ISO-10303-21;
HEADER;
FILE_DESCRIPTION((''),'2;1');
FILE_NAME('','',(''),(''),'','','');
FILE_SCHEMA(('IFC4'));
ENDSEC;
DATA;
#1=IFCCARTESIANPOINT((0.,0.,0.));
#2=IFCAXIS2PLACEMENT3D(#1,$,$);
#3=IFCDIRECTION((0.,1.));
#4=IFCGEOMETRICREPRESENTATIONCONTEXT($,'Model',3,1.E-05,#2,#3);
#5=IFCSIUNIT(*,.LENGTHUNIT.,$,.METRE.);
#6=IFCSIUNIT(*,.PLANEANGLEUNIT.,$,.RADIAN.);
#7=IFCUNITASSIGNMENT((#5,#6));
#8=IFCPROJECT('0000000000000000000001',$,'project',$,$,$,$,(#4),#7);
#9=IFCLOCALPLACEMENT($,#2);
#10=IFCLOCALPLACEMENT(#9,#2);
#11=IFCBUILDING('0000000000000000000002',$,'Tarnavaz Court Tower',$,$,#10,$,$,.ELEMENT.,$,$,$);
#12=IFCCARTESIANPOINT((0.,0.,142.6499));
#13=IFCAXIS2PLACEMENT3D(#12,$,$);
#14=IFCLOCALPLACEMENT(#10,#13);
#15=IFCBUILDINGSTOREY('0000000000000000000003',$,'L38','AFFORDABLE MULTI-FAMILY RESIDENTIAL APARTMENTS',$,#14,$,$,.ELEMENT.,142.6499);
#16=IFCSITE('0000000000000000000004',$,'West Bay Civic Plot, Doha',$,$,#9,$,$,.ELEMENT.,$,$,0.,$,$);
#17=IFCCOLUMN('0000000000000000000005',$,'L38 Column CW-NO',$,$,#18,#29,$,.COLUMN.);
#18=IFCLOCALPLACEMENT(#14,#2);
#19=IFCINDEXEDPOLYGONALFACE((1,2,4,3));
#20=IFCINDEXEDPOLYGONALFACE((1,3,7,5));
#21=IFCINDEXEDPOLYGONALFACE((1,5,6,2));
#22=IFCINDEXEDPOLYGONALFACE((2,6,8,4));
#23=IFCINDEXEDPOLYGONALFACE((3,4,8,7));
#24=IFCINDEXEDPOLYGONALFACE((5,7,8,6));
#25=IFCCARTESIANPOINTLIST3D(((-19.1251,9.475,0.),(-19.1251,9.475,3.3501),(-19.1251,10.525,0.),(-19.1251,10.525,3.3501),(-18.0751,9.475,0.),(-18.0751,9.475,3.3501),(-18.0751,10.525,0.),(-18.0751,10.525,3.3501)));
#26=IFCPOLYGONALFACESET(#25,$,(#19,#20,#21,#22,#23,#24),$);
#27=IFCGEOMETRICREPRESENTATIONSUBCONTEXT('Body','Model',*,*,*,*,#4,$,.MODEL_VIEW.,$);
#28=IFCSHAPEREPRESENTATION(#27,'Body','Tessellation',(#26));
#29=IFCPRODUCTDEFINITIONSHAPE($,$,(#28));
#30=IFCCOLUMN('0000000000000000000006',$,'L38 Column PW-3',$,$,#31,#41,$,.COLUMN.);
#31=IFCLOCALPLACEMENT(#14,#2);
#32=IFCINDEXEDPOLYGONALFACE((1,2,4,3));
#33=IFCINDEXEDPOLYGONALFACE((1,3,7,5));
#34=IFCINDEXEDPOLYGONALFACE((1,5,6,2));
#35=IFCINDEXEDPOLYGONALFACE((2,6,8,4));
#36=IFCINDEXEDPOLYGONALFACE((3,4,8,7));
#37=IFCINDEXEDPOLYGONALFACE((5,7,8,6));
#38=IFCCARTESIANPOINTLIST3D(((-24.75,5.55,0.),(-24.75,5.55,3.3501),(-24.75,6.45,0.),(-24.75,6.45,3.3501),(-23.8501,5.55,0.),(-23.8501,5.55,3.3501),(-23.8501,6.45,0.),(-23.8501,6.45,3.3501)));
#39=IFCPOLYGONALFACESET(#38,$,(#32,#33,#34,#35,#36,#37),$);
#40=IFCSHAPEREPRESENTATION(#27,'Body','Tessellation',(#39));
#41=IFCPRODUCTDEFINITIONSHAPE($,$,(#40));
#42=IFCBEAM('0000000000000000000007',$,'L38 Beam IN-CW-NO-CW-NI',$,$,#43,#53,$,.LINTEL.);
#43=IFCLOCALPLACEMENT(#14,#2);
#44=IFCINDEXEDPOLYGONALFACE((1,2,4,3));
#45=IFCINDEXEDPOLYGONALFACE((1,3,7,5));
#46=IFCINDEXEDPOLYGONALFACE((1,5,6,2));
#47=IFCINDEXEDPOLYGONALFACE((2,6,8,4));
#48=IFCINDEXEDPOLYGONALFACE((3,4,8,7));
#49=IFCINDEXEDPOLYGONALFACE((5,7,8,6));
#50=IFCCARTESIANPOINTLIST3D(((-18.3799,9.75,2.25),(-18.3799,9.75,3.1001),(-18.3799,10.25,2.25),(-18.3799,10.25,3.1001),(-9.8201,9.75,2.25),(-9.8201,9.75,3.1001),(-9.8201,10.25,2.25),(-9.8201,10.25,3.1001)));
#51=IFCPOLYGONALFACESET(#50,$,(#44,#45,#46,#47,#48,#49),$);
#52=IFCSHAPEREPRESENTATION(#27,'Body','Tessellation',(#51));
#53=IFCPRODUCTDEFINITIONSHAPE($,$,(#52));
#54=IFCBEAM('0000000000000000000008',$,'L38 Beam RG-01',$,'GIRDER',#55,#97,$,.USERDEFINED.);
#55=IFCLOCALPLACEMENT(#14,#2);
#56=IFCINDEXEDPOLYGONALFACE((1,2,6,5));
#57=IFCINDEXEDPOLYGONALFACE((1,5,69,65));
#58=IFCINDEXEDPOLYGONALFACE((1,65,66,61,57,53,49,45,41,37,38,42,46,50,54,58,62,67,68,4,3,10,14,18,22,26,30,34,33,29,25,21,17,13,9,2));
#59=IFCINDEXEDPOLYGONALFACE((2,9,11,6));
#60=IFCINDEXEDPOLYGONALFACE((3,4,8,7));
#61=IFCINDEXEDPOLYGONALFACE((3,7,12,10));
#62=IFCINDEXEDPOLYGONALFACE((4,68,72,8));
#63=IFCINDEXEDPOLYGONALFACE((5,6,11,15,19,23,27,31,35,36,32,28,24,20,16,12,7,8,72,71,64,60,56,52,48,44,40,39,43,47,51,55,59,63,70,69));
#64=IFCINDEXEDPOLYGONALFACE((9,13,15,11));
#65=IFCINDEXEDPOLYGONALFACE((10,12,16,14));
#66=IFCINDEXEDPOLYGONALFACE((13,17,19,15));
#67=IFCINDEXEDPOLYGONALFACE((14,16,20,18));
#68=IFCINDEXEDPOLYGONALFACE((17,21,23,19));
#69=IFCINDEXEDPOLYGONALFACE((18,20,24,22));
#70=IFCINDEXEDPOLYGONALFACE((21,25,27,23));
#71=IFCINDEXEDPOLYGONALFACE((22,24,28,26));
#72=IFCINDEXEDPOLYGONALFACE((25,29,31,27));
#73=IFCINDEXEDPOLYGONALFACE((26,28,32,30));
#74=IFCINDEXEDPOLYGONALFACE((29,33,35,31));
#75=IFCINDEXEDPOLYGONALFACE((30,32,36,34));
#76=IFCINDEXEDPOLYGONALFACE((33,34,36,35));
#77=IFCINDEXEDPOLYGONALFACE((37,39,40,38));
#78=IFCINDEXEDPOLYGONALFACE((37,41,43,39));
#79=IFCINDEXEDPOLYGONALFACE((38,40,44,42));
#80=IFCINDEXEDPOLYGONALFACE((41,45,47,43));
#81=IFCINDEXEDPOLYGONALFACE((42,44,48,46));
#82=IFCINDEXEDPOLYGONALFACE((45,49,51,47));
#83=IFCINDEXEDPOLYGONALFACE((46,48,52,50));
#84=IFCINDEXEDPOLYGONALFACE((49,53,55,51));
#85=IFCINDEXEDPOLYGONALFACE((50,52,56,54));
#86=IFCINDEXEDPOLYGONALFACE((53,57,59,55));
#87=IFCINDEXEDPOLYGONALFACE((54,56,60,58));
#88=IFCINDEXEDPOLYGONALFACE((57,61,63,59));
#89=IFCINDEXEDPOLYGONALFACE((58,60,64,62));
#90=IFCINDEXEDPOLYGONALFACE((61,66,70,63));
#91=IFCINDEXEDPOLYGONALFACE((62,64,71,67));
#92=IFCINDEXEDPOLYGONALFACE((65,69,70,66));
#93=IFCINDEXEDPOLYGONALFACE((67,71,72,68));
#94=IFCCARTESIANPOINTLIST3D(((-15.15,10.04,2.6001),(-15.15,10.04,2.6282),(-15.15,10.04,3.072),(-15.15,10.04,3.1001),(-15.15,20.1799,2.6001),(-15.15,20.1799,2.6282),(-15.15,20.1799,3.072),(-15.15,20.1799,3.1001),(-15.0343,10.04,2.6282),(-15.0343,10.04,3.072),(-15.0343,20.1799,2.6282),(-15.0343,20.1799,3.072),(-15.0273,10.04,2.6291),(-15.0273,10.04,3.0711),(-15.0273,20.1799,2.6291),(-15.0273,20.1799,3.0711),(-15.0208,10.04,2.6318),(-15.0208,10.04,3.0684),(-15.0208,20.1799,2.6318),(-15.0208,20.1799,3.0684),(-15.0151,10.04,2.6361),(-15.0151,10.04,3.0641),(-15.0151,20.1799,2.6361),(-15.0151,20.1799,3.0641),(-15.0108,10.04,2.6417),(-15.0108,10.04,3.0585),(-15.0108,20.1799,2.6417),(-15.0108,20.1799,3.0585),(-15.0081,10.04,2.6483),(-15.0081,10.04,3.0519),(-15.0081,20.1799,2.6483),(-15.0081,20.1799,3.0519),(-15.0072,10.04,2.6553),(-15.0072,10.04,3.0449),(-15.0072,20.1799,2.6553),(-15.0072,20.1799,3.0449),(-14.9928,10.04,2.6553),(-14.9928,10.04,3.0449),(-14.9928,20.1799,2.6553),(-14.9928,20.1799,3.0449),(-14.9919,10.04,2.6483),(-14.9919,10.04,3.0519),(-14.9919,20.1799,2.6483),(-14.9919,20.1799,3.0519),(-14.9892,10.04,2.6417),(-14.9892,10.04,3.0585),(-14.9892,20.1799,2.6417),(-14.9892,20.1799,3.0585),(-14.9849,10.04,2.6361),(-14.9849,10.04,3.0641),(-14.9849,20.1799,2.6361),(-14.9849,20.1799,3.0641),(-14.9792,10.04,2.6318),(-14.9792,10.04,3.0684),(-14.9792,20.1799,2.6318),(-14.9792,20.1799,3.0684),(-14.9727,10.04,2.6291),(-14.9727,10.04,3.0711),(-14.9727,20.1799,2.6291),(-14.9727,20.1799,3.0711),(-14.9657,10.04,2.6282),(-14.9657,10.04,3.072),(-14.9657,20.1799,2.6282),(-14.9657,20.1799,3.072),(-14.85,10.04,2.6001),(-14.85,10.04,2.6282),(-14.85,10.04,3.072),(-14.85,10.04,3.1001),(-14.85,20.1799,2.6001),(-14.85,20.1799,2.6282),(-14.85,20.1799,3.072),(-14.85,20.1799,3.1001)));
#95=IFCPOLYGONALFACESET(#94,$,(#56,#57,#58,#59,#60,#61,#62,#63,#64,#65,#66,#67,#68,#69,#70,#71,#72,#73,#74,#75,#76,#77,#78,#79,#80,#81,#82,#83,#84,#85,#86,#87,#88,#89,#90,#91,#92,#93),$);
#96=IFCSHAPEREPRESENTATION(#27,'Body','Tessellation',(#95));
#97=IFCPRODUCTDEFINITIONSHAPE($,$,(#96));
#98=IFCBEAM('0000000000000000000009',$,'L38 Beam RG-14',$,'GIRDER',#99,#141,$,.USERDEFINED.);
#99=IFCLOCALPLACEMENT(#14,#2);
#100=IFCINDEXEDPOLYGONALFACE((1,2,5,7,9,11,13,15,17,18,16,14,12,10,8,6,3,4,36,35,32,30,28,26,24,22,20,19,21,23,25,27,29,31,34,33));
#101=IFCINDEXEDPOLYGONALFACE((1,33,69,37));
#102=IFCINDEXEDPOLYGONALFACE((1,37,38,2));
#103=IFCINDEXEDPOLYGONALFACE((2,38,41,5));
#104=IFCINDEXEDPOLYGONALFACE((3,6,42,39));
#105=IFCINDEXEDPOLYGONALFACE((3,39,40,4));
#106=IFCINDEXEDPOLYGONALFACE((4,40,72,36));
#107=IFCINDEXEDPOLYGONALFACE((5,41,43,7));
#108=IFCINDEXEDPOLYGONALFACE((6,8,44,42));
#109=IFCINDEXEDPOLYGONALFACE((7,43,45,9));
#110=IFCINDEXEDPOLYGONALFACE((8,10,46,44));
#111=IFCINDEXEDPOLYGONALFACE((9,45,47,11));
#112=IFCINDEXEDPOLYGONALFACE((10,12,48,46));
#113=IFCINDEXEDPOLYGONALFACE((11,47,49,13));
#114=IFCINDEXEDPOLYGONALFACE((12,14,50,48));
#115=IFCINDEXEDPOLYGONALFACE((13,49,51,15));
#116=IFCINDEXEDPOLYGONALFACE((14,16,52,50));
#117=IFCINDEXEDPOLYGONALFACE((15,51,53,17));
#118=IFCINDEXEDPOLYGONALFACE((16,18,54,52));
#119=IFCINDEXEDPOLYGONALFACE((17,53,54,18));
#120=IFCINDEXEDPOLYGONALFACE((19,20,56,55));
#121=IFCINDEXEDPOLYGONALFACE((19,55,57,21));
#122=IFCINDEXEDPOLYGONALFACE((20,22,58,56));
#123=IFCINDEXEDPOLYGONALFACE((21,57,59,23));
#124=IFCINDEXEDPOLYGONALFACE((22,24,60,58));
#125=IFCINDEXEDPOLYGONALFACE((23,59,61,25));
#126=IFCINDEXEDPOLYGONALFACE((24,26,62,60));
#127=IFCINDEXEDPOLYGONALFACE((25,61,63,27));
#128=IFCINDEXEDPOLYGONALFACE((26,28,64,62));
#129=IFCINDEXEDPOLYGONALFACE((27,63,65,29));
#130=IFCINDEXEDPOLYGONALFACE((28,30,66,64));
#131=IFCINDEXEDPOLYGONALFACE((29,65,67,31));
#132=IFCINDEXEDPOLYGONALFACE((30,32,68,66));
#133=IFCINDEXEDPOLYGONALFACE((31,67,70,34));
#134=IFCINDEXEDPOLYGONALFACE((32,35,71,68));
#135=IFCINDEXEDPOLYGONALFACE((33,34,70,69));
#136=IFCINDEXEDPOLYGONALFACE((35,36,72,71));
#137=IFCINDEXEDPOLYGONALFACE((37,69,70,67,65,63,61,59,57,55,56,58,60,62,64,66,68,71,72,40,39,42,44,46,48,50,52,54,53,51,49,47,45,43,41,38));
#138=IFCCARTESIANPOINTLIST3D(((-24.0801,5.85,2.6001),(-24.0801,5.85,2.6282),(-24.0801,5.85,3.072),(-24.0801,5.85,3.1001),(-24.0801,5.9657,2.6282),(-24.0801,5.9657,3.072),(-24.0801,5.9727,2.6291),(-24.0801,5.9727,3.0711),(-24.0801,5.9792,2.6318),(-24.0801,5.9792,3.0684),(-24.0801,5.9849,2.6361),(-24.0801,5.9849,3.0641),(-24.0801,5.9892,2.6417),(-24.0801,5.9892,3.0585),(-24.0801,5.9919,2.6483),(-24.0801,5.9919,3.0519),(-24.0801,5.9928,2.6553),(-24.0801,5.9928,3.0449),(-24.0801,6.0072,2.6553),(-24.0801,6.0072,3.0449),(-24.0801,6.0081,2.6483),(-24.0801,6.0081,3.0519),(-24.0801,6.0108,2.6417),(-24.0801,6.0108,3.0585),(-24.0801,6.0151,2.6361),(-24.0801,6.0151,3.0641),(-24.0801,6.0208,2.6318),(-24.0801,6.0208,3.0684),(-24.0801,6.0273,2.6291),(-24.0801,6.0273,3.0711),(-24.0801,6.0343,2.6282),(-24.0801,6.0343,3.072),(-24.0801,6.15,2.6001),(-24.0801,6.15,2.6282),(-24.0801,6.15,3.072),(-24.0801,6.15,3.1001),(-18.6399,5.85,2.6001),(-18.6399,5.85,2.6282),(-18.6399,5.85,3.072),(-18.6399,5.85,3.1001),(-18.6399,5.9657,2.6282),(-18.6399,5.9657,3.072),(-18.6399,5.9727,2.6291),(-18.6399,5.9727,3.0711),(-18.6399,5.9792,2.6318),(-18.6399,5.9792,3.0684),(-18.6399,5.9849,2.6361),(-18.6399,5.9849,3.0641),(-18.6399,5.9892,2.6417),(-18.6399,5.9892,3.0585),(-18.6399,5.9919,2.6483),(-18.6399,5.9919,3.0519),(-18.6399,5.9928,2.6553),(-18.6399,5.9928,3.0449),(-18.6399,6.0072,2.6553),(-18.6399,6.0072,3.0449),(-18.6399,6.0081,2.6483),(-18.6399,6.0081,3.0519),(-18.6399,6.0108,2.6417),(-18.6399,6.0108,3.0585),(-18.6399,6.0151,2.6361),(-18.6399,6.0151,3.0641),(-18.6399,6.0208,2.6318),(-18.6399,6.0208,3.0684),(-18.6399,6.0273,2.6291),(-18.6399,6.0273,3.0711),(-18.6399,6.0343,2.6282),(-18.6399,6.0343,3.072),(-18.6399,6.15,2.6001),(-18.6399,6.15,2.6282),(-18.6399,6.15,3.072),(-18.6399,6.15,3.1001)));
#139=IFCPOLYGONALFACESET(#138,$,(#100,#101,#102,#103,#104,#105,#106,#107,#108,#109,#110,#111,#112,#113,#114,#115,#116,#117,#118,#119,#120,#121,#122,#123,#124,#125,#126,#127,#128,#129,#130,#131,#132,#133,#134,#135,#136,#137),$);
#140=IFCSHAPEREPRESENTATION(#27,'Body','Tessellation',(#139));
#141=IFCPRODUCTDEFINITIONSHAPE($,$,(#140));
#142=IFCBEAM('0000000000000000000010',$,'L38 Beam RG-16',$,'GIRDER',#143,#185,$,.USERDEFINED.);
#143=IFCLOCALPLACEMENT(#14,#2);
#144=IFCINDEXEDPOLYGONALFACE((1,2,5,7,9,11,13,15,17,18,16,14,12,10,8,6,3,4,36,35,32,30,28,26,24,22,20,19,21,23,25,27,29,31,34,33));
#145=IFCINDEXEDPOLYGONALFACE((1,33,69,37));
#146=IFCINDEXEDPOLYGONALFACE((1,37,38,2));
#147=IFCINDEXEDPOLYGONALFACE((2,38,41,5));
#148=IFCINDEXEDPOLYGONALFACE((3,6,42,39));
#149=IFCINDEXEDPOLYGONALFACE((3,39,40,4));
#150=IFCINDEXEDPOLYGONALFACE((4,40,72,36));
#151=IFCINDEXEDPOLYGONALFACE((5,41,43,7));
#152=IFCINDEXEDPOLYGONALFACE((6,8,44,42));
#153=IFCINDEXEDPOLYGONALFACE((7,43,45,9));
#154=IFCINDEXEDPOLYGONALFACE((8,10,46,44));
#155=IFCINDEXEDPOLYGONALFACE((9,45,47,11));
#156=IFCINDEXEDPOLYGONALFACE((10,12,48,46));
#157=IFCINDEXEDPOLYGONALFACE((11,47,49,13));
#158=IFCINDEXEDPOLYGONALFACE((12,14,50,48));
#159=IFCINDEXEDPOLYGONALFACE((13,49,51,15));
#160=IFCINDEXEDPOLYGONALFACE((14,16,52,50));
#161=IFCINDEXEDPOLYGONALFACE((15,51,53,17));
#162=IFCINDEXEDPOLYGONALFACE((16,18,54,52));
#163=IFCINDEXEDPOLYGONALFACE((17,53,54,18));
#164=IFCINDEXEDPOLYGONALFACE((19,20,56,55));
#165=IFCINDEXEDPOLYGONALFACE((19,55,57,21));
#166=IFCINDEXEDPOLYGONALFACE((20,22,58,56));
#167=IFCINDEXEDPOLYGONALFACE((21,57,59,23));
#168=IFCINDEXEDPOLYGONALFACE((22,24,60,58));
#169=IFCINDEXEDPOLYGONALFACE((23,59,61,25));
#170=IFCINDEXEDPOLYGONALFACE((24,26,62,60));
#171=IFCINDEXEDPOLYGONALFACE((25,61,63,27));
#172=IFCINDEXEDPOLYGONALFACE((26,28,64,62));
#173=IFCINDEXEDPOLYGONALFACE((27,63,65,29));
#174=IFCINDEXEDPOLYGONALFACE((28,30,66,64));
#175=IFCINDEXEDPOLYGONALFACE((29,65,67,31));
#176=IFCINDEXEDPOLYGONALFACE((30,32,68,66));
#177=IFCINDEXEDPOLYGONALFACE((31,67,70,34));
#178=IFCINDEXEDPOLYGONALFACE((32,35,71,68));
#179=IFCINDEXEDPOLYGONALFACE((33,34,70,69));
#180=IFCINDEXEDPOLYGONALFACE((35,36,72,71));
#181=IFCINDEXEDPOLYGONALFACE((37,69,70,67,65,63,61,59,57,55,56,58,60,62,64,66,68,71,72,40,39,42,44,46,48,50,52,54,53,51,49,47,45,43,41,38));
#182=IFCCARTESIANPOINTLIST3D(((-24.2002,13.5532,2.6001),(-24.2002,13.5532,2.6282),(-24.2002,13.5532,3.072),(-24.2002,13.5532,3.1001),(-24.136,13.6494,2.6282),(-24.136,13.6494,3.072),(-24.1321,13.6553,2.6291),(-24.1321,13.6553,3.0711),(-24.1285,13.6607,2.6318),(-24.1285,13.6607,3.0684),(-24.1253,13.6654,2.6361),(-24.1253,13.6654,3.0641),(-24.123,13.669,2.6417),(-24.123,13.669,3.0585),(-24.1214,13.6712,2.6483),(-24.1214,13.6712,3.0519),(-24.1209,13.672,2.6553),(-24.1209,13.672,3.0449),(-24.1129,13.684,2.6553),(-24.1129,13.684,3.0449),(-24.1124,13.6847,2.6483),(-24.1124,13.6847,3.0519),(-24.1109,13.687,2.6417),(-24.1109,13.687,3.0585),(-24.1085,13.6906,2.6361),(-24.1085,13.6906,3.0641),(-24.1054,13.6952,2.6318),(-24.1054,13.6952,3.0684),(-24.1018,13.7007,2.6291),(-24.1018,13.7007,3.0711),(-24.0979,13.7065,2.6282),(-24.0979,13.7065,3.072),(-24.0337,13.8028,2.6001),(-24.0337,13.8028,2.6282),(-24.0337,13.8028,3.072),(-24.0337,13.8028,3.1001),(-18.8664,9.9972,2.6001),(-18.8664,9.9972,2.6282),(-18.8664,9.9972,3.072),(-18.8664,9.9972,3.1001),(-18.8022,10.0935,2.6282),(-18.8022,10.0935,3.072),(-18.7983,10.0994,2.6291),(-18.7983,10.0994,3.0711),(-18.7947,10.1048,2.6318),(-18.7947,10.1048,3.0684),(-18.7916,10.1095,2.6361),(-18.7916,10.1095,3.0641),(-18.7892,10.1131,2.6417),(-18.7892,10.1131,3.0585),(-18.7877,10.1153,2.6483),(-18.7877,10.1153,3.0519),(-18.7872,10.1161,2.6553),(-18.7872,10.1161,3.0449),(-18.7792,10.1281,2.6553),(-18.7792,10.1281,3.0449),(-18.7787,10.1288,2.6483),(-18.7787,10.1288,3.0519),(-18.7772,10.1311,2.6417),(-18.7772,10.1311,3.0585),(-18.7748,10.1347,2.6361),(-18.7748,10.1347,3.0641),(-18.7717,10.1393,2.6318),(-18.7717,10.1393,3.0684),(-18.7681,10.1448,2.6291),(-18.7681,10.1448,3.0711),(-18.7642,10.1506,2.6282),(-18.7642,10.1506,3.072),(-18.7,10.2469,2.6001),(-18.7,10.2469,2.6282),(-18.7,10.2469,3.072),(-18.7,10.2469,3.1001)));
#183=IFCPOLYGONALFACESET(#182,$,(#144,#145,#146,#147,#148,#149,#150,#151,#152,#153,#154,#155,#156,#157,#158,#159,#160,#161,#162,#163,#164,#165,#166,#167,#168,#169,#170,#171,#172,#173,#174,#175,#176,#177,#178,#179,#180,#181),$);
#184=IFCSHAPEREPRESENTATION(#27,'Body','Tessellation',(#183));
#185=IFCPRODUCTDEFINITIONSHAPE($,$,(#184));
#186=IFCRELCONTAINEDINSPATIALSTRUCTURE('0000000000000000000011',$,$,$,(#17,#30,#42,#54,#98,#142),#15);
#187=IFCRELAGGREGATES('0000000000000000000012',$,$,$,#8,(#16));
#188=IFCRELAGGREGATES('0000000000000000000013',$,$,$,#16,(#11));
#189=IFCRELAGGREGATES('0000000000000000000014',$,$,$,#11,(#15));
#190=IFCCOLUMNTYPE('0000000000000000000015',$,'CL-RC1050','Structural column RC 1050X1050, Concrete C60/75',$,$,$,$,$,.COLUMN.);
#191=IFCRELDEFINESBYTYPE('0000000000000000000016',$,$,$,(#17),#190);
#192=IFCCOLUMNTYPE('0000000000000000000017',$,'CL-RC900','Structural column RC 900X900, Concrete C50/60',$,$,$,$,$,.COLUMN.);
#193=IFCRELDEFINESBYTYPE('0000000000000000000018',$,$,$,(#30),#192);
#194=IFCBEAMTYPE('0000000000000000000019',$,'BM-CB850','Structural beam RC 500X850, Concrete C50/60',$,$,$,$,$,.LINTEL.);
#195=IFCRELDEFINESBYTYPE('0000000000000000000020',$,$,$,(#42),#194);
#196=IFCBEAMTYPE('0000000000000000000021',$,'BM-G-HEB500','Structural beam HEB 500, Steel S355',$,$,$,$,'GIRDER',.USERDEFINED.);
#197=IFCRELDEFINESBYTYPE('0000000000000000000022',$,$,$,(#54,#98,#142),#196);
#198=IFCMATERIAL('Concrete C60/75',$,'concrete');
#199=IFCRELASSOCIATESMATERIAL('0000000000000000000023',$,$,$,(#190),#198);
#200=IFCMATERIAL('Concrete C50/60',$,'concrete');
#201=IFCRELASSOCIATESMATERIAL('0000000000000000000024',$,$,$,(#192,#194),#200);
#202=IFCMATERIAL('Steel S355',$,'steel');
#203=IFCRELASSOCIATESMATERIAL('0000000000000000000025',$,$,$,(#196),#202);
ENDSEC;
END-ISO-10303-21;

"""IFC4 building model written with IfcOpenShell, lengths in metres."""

from ifc_helpers import new_model, si_unit, direction, frame, origin, origin_2d, place, context, subcontext, project, spatial, rectangle, i_section, extrude, material, material_profile, profile_set, type_object, element, save


model = new_model("IFC4")

# Units and contexts
model_context = context("Model", 3, precision=1e-05, world=origin(), true_north=direction((0.0, 1.0)))
body_context = subcontext(model_context, "Body", "Model", "MODEL_VIEW")
ifc_project = project(units=[si_unit("LENGTHUNIT", "METRE"), si_unit("PLANEANGLEUNIT", "RADIAN")], contexts=[model_context])

# Site, building, storey
site_placement = place(None, origin())
site = spatial("IfcSite", under=ifc_project, at=site_placement, Name="West Bay Civic Plot, Doha", CompositionType="ELEMENT", RefElevation=0.0)
building_placement = place(site_placement, origin())
building = spatial("IfcBuilding", under=site, at=building_placement, Name="Tarnavaz Court Tower", CompositionType="ELEMENT")
storey_placement = place(building_placement, frame((0.0, 0.0, 142.6499)))
storey = spatial("IfcBuildingStorey", under=building, at=storey_placement, Name="L38", Description="AFFORDABLE MULTI-FAMILY RESIDENTIAL APARTMENTS", CompositionType="ELEMENT", Elevation=142.6499)

# Columns
ifc_material_1 = material(Name="Concrete C60/75", Category="concrete")
ifc_material_profile_1 = material_profile(ifc_material_1, rectangle(XDim=1.05, YDim=1.05, at=origin_2d()), Name="RC 1050X1050")
ifc_profile_set_1 = profile_set([ifc_material_profile_1], Name="Concrete C60/75")
column_type_1 = type_object("IfcColumnType", Name="CL-RC1050", Description="Structural column RC 1050X1050, Concrete C60/75", PredefinedType="COLUMN", material=ifc_profile_set_1)
column_1_placement = place(storey_placement, frame((-18.6001, 10.0, 0.0), z_axis=(0.0, 0.0, 1.0), x_axis=(1.0, 0.0, 0.0)))
element("IfcColumn", 1, at=column_1_placement, inside=storey, type_object=column_type_1, Name="L38 Column CW-NO", PredefinedType="COLUMN", context=body_context, shape_type="SweptSolid", body=[
    extrude(rectangle(XDim=1.05, YDim=1.05, at=origin_2d()), origin(), (0.0, 0.0, 1.0), 3.3501),
])
ifc_material_2 = material(Name="Concrete C50/60", Category="concrete")
ifc_material_profile_2 = material_profile(ifc_material_2, rectangle(XDim=0.8999, YDim=0.8999, at=origin_2d()), Name="RC 900X900")
ifc_profile_set_2 = profile_set([ifc_material_profile_2], Name="Concrete C50/60")
column_type_2 = type_object("IfcColumnType", Name="CL-RC900", Description="Structural column RC 900X900, Concrete C50/60", PredefinedType="COLUMN", material=ifc_profile_set_2)
column_2_placement = place(storey_placement, frame((-24.3, 6.0, 0.0), z_axis=(0.0, 0.0, 1.0), x_axis=(1.0, 0.0, 0.0)))
element("IfcColumn", 2, at=column_2_placement, inside=storey, type_object=column_type_2, Name="L38 Column PW-3", PredefinedType="COLUMN", context=body_context, shape_type="SweptSolid", body=[
    extrude(rectangle(XDim=0.8999, YDim=0.8999, at=origin_2d()), origin(), (0.0, 0.0, 1.0), 3.3501),
])

# Beams
ifc_material_profile_3 = material_profile(ifc_material_2, rectangle(XDim=0.5, YDim=0.8501, at=origin_2d()), Name="RC 500X850")
ifc_profile_set_3 = profile_set([ifc_material_profile_3], Name="Concrete C50/60")
beam_type_1 = type_object("IfcBeamType", Name="BM-CB850", Description="Structural beam RC 500X850, Concrete C50/60", PredefinedType="LINTEL", material=ifc_profile_set_3)
beam_1_placement = place(storey_placement, frame((-18.3799, 10.0, 2.675), z_axis=(1.0, 0.0, 0.0), x_axis=(0.0, 1.0, 0.0)))
element("IfcBeam", 3, at=beam_1_placement, inside=storey, type_object=beam_type_1, Name="L38 Beam IN-CW-NO-CW-NI", PredefinedType="LINTEL", context=body_context, shape_type="SweptSolid", body=[
    extrude(rectangle(XDim=0.5, YDim=0.8501, at=origin_2d()), origin(), (0.0, 0.0, 1.0), 8.5598),
])
ifc_material_3 = material(Name="Steel S355", Category="steel")
ifc_material_profile_4 = material_profile(ifc_material_3, i_section(OverallWidth=0.3, OverallDepth=0.5, WebThickness=0.0144, FlangeThickness=0.0281, FilletRadius=0.0271, at=origin_2d()), Name="HEB 500")
ifc_profile_set_4 = profile_set([ifc_material_profile_4], Name="Steel S355")
beam_type_2 = type_object("IfcBeamType", Name="BM-G-HEB500", Description="Structural beam HEB 500, Steel S355", ElementType="GIRDER", PredefinedType="USERDEFINED", material=ifc_profile_set_4)
beam_2_placement = place(storey_placement, frame((-15.0, 10.04, 2.8501), z_axis=(0.0, 1.0, 0.0), x_axis=(-1.0, 0.0, 0.0)))
element("IfcBeam", 4, at=beam_2_placement, inside=storey, type_object=beam_type_2, Name="L38 Beam RG-01", ObjectType="GIRDER", PredefinedType="USERDEFINED", context=body_context, shape_type="SweptSolid", body=[
    extrude(i_section(OverallWidth=0.3, OverallDepth=0.5, WebThickness=0.0144, FlangeThickness=0.0281, FilletRadius=0.0271, at=origin_2d()), origin(), (0.0, 0.0, 1.0), 10.1399),
])
beam_3_placement = place(storey_placement, frame((-18.6399, 6.0, 2.8501), z_axis=(-1.0, 0.0, 0.0), x_axis=(0.0, -1.0, 0.0)))
element("IfcBeam", 5, at=beam_3_placement, inside=storey, type_object=beam_type_2, Name="L38 Beam RG-14", ObjectType="GIRDER", PredefinedType="USERDEFINED", context=body_context, shape_type="SweptSolid", body=[
    extrude(i_section(OverallWidth=0.3, OverallDepth=0.5, WebThickness=0.0144, FlangeThickness=0.0281, FilletRadius=0.0271, at=origin_2d()), origin(), (0.0, 0.0, 1.0), 5.4402),
])
beam_4_placement = place(storey_placement, frame((-18.7832, 10.1221, 2.8501), z_axis=(-0.832044, 0.554709, 0.0), x_axis=(-0.554709, -0.832044, 0.0)))
element("IfcBeam", 6, at=beam_4_placement, inside=storey, type_object=beam_type_2, Name="L38 Beam RG-16", ObjectType="GIRDER", PredefinedType="USERDEFINED", context=body_context, shape_type="SweptSolid", body=[
    extrude(i_section(OverallWidth=0.3, OverallDepth=0.5, WebThickness=0.0144, FlangeThickness=0.0281, FilletRadius=0.0271, at=origin_2d()), origin(), (0.0, 0.0, 1.0), 6.4104),
])

save(model, "model.ifc")
